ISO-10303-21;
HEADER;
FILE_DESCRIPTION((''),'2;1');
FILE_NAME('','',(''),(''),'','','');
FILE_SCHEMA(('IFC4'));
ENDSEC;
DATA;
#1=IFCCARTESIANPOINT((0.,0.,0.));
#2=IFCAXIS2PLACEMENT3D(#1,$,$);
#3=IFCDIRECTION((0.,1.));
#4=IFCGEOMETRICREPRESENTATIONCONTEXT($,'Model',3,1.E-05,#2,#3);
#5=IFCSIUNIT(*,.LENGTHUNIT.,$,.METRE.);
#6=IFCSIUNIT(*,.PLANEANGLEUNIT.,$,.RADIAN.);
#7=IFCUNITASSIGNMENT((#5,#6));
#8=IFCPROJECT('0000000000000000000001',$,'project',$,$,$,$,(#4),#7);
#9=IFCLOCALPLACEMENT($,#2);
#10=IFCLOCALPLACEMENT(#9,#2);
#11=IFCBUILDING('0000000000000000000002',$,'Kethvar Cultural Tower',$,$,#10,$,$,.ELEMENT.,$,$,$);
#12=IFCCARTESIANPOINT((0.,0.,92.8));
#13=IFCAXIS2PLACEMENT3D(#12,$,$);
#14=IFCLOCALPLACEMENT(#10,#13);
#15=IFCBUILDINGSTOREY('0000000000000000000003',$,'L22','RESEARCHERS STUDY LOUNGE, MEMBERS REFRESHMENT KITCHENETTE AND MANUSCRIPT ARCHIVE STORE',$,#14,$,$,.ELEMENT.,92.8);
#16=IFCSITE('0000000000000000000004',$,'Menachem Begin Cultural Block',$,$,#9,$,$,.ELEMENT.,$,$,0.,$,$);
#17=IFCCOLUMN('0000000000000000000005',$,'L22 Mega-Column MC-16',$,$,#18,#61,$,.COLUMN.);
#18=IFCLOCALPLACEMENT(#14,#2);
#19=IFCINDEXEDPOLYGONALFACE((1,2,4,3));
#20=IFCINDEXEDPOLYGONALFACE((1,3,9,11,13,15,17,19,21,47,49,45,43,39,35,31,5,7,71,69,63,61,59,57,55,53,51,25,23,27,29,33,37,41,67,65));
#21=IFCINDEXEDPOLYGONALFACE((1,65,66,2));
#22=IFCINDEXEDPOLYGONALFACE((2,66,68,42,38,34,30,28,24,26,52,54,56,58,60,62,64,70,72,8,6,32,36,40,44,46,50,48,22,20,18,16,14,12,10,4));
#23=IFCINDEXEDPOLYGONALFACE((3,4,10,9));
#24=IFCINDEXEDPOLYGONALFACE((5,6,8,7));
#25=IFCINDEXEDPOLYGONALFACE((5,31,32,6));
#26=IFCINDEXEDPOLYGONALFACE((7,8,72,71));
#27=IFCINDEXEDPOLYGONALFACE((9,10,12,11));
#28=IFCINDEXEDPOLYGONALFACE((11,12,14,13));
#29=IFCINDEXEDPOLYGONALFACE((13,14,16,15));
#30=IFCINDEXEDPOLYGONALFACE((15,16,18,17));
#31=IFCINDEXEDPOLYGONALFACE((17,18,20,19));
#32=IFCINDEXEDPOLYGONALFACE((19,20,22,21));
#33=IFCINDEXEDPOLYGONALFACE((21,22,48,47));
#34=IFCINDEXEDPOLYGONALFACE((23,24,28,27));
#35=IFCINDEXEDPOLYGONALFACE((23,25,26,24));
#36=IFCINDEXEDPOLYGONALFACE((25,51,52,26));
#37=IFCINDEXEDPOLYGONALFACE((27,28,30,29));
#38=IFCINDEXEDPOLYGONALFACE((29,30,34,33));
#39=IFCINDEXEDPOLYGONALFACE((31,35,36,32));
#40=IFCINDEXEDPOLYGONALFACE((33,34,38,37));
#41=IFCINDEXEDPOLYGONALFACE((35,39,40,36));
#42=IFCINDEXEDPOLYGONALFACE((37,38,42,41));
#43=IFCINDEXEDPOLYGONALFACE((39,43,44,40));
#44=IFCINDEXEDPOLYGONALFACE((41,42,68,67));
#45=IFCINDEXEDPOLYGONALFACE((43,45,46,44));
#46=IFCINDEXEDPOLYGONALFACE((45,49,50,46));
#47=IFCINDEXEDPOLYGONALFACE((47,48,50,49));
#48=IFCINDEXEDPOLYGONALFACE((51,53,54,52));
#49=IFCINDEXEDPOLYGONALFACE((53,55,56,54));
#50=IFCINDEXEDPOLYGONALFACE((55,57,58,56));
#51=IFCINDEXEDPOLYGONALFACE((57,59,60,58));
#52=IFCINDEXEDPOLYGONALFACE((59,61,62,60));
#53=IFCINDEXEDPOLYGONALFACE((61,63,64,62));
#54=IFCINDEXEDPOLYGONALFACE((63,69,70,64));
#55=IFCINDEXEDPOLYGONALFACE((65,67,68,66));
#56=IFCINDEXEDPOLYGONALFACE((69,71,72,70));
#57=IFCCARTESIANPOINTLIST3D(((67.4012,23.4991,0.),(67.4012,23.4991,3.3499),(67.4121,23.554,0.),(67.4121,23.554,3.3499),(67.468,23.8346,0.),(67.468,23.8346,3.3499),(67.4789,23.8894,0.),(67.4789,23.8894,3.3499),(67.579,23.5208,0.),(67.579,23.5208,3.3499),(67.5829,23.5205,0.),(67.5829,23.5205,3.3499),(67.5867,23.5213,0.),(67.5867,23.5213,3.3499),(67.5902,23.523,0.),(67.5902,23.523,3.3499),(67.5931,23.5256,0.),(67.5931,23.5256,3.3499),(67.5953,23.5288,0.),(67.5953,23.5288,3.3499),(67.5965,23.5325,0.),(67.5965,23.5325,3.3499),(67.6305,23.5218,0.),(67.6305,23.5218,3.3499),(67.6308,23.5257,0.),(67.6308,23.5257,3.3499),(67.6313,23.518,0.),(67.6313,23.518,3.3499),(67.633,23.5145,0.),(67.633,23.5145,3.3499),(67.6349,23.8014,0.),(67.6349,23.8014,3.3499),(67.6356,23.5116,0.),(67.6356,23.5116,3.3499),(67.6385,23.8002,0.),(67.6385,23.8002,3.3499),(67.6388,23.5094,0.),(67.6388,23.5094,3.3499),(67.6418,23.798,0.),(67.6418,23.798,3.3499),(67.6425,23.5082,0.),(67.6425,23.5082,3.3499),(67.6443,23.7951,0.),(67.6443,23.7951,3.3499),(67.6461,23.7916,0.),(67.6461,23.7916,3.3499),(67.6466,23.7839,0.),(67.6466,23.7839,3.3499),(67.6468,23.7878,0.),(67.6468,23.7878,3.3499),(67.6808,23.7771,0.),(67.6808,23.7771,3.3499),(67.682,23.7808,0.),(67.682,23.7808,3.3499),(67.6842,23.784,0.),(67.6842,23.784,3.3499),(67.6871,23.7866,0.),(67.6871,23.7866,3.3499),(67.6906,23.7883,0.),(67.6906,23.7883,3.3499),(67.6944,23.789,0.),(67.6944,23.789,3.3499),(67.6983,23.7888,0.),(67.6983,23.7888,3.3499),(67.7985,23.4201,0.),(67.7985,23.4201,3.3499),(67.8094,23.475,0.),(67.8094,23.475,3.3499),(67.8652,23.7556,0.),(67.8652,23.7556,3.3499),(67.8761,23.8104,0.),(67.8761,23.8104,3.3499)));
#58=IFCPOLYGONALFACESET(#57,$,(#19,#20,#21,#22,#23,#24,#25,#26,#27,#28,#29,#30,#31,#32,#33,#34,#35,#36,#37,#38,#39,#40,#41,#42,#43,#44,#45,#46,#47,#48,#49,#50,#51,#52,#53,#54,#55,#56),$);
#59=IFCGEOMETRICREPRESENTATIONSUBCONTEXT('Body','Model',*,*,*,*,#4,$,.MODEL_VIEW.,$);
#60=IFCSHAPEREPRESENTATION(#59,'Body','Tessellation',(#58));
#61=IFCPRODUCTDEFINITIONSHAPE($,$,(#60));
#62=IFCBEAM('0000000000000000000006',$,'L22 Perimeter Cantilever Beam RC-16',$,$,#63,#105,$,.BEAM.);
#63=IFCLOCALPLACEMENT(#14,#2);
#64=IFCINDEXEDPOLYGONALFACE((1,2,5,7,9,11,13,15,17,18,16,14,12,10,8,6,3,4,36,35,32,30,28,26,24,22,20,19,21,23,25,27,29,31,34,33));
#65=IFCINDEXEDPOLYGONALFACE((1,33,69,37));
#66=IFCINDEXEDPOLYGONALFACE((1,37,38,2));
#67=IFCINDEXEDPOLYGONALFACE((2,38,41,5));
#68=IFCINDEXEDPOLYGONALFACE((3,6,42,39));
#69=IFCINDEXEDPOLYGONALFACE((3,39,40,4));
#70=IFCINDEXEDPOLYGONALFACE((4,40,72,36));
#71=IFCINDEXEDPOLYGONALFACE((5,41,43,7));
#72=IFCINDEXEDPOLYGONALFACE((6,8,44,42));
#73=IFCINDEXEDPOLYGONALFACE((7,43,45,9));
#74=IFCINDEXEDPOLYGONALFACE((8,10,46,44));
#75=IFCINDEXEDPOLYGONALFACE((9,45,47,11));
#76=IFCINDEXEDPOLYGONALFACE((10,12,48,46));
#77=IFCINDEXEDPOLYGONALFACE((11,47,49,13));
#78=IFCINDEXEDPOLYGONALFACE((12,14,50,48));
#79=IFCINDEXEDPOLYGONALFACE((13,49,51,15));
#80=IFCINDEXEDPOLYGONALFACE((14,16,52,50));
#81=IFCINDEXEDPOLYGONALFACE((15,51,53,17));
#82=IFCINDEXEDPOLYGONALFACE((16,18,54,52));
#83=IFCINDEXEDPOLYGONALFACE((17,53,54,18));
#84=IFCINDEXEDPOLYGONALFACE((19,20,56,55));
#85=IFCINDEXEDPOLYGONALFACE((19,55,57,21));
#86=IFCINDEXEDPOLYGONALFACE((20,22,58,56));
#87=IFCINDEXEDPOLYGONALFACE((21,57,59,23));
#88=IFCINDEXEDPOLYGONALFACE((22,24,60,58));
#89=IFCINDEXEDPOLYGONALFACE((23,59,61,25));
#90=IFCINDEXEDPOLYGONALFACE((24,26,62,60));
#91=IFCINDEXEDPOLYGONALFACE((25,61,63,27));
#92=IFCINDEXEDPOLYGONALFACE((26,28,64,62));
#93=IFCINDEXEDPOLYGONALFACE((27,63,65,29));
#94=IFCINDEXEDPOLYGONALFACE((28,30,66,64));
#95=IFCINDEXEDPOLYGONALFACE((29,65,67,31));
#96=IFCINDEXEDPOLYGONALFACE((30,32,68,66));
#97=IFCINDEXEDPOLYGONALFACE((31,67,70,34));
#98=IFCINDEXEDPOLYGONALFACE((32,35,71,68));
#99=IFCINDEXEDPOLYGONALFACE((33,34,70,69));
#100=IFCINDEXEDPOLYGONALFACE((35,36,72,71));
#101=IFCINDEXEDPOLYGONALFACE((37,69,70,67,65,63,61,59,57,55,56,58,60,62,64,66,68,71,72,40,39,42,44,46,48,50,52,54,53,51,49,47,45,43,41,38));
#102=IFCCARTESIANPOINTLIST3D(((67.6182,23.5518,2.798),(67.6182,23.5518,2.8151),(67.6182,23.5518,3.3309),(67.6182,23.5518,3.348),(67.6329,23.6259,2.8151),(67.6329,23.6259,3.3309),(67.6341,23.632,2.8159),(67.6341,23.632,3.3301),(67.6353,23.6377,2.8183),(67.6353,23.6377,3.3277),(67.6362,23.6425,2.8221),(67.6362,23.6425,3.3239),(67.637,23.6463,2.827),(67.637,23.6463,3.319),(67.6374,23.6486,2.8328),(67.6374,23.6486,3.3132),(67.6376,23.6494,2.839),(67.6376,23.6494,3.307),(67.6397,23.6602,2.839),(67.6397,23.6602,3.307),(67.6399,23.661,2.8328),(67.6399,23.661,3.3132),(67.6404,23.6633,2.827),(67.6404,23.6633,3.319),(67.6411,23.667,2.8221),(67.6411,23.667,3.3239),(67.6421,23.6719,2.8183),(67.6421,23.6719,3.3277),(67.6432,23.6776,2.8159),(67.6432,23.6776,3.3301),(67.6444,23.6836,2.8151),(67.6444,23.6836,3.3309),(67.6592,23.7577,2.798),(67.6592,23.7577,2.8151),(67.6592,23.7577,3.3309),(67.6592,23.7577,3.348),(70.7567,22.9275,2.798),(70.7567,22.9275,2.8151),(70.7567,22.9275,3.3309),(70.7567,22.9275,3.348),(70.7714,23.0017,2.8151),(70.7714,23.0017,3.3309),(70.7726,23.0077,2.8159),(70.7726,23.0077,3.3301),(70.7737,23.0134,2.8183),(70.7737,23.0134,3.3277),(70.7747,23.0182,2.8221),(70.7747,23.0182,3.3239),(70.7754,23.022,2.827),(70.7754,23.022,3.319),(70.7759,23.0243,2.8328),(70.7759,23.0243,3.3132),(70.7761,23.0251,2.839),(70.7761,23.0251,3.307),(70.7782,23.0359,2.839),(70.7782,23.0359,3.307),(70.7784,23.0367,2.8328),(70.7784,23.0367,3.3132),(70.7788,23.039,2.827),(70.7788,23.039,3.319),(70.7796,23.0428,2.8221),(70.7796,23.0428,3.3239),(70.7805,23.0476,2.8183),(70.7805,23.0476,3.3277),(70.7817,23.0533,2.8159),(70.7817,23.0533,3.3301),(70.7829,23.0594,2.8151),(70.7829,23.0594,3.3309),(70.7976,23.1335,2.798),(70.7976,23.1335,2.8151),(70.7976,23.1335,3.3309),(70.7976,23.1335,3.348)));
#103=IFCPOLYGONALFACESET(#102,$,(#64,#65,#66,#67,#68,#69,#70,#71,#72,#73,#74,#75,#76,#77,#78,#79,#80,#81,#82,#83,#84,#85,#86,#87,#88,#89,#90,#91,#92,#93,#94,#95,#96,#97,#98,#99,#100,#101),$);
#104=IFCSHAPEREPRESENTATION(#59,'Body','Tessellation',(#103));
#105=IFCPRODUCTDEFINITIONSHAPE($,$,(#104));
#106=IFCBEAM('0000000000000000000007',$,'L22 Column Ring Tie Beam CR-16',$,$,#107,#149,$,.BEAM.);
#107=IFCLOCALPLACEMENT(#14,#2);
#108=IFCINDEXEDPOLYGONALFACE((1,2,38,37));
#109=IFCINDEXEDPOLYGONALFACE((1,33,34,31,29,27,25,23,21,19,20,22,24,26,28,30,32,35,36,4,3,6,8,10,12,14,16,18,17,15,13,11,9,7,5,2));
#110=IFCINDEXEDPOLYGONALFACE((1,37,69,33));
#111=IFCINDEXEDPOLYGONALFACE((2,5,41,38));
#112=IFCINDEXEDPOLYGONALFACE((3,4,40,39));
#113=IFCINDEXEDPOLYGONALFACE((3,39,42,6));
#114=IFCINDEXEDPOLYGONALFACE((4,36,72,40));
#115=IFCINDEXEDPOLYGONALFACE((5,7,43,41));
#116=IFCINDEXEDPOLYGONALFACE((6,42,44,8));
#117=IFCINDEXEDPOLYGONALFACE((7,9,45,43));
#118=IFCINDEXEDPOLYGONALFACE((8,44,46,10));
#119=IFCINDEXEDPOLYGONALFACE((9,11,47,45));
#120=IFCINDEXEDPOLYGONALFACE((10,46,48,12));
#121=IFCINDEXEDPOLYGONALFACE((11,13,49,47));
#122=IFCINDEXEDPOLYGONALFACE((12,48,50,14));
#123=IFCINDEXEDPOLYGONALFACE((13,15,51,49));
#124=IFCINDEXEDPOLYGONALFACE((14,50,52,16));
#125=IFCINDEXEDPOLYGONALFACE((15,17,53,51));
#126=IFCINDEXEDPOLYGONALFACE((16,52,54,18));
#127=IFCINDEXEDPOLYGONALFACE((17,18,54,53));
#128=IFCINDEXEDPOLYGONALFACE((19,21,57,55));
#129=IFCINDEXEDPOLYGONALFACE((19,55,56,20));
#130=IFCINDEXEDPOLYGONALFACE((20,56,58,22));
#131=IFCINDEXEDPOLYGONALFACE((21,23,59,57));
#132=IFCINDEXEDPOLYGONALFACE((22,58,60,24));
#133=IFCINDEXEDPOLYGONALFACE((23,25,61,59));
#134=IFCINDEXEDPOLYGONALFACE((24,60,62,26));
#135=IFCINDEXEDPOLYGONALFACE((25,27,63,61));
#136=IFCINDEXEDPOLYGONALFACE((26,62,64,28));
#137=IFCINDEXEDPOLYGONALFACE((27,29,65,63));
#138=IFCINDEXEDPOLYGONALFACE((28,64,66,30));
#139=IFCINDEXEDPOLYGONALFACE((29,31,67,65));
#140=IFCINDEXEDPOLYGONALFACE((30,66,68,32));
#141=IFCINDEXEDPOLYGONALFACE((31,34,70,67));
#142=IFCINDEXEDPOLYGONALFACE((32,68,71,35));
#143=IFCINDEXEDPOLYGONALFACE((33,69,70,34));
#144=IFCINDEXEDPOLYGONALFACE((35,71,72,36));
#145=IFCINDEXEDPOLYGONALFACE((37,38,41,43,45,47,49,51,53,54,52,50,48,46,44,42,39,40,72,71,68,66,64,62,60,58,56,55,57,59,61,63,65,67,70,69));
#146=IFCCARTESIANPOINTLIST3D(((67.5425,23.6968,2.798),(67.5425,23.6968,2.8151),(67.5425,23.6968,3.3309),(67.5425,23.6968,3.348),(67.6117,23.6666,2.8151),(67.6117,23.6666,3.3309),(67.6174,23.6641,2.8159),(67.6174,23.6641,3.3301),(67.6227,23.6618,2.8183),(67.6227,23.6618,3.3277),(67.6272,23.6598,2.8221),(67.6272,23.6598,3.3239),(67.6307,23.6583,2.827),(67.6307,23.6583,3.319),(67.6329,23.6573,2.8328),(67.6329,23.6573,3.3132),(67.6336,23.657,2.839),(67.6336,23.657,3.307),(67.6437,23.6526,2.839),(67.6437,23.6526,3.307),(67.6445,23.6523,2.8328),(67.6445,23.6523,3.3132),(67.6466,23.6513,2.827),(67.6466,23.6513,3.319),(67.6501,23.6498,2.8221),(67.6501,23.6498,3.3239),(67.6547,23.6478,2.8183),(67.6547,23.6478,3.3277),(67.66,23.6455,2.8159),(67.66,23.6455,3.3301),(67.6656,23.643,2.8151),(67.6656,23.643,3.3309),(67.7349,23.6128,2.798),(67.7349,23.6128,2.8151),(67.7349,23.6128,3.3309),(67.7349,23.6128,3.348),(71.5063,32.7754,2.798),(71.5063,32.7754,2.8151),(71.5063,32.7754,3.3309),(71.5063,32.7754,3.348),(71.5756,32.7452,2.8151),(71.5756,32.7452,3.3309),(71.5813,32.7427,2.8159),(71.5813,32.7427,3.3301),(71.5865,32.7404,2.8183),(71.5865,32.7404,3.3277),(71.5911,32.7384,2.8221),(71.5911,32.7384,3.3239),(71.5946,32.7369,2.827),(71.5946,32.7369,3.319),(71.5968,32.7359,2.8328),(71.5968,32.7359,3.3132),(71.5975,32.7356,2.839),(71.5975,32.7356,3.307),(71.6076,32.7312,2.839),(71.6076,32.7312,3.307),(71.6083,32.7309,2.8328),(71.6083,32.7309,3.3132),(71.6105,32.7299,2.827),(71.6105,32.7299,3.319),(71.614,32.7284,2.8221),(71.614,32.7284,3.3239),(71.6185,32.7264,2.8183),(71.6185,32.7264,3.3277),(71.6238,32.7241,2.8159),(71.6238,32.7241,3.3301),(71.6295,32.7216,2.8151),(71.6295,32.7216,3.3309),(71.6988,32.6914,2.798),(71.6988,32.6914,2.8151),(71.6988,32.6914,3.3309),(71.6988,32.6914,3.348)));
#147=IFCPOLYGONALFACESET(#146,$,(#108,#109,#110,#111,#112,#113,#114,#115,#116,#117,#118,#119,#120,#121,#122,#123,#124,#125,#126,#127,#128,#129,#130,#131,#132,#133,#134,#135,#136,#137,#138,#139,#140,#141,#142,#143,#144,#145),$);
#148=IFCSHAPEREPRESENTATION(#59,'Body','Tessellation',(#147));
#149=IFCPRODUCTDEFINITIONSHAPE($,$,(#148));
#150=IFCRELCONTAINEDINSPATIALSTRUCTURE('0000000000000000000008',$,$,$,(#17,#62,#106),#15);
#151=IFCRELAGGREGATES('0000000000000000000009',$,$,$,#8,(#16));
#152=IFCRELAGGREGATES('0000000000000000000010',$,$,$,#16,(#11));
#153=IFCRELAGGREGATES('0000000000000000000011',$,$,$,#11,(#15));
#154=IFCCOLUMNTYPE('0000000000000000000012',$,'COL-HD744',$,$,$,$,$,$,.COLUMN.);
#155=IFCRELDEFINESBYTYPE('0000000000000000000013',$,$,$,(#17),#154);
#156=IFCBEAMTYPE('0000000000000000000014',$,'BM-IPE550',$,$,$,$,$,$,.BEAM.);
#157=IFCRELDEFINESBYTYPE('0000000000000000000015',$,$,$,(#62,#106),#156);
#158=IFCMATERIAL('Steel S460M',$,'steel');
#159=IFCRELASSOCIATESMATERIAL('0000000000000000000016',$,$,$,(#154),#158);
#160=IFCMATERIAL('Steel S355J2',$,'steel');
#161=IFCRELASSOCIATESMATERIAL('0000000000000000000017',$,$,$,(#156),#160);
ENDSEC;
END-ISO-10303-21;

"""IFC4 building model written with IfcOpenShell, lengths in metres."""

from ifc_helpers import new_model, si_unit, direction, frame, origin, origin_2d, place, context, subcontext, project, spatial, i_section, extrude, source, transform, mapped, material, material_profile, profile_set, type_object, element, save


model = new_model("IFC4")

# Units and contexts
model_context = context("Model", 3, precision=1e-05, world=origin(), true_north=direction((0.0, 1.0)))
body_context = subcontext(model_context, "Body", "Model", "MODEL_VIEW")
ifc_project = project(units=[si_unit("LENGTHUNIT", "METRE"), si_unit("PLANEANGLEUNIT", "RADIAN")], contexts=[model_context])

# Site, building, storey
site_placement = place(None, origin())
site = spatial("IfcSite", under=ifc_project, at=site_placement, Name="Menachem Begin Cultural Block", CompositionType="ELEMENT", RefElevation=0.0)
building_placement = place(site_placement, origin())
building = spatial("IfcBuilding", under=site, at=building_placement, Name="Kethvar Cultural Tower", CompositionType="ELEMENT")
storey_placement = place(building_placement, frame((0.0, 0.0, 92.8)))
storey = spatial("IfcBuildingStorey", under=building, at=storey_placement, Name="L22", Description="RESEARCHERS STUDY LOUNGE, MEMBERS REFRESHMENT KITCHENETTE AND MANUSCRIPT ARCHIVE STORE", CompositionType="ELEMENT", Elevation=92.8)

# Column
ifc_material_1 = material(Name="Steel S460M", Category="steel")
ifc_material_profile_1 = material_profile(ifc_material_1, i_section(OverallWidth=0.405, OverallDepth=0.3979, WebThickness=0.0349, FlangeThickness=0.0559, FilletRadius=0.0149, at=origin_2d()), Name="Steel S460M — HD400x744")
ifc_profile_set_1 = profile_set([ifc_material_profile_1], Name="Steel S460M — HD400x744")
column_type = type_object("IfcColumnType", Name="COL-HD744", PredefinedType="COLUMN", material=ifc_profile_set_1)
shared_shape_1 = source(origin(), body_context, "Body", "SweptSolid", [
    extrude(i_section(OverallWidth=0.405, OverallDepth=0.3979, WebThickness=0.0349, FlangeThickness=0.0559, FilletRadius=0.0149, at=origin_2d()), origin(), (0.0, 0.0, 1.0), 3.3499),
])
column_placement = place(storey_placement, frame((67.6387, 23.6548, 0.0), z_axis=(0.0, 0.0, 1.0), x_axis=(0.980785, -0.19509, 0.0)))
element("IfcColumn", 1, at=column_placement, inside=storey, type_object=column_type, Name="L22 Mega-Column MC-16", PredefinedType="COLUMN", context=body_context, shape_type="MappedRepresentation", body=[
    mapped(shared_shape_1, transform((0.0, 0.0, 0.0), scale=1.0)),
])

# Beams
ifc_material_2 = material(Name="Steel S355J2", Category="steel")
ifc_material_profile_2 = material_profile(ifc_material_2, i_section(OverallWidth=0.21, OverallDepth=0.55, WebThickness=0.011, FlangeThickness=0.0171, FilletRadius=0.0239, at=origin_2d()), Name="Steel S355J2 — IPE550")
ifc_profile_set_2 = profile_set([ifc_material_profile_2], Name="Steel S355J2 — IPE550")
beam_type_1 = type_object("IfcBeamType", Name="BM-IPE550", PredefinedType="BEAM", material=ifc_profile_set_2)
shared_shape_2 = source(origin(), body_context, "Body", "SweptSolid", [
    extrude(i_section(OverallWidth=0.21, OverallDepth=0.55, WebThickness=0.011, FlangeThickness=0.0171, FilletRadius=0.0239, at=origin_2d()), origin(), (0.0, 0.0, 1.0), 3.2),
])
beam_1_placement = place(storey_placement, frame((67.6387, 23.6548, 3.073), z_axis=(0.980786, -0.195089, 0.0), x_axis=(0.195089, 0.980786, 0.0)))
element("IfcBeam", 2, at=beam_1_placement, inside=storey, type_object=beam_type_1, Name="L22 Perimeter Cantilever Beam RC-16", PredefinedType="BEAM", context=body_context, shape_type="MappedRepresentation", body=[
    mapped(shared_shape_2, transform((0.0, 0.0, 0.0), scale=1.0)),
])
shared_shape_3 = source(origin(), body_context, "Body", "SweptSolid", [
    extrude(i_section(OverallWidth=0.21, OverallDepth=0.55, WebThickness=0.011, FlangeThickness=0.0171, FilletRadius=0.0239, at=origin_2d()), origin(), (0.0, 0.0, 1.0), 9.9062),
])
beam_2_placement = place(storey_placement, frame((67.6387, 23.6548, 3.073), z_axis=(0.400139, 0.916455, 0.0), x_axis=(-0.916455, 0.400139, 0.0)))
element("IfcBeam", 3, at=beam_2_placement, inside=storey, type_object=beam_type_1, Name="L22 Column Ring Tie Beam CR-16", PredefinedType="BEAM", context=body_context, shape_type="MappedRepresentation", body=[
    mapped(shared_shape_3, transform((0.0, 0.0, 0.0), scale=1.0)),
])

save(model, "model.ifc")
